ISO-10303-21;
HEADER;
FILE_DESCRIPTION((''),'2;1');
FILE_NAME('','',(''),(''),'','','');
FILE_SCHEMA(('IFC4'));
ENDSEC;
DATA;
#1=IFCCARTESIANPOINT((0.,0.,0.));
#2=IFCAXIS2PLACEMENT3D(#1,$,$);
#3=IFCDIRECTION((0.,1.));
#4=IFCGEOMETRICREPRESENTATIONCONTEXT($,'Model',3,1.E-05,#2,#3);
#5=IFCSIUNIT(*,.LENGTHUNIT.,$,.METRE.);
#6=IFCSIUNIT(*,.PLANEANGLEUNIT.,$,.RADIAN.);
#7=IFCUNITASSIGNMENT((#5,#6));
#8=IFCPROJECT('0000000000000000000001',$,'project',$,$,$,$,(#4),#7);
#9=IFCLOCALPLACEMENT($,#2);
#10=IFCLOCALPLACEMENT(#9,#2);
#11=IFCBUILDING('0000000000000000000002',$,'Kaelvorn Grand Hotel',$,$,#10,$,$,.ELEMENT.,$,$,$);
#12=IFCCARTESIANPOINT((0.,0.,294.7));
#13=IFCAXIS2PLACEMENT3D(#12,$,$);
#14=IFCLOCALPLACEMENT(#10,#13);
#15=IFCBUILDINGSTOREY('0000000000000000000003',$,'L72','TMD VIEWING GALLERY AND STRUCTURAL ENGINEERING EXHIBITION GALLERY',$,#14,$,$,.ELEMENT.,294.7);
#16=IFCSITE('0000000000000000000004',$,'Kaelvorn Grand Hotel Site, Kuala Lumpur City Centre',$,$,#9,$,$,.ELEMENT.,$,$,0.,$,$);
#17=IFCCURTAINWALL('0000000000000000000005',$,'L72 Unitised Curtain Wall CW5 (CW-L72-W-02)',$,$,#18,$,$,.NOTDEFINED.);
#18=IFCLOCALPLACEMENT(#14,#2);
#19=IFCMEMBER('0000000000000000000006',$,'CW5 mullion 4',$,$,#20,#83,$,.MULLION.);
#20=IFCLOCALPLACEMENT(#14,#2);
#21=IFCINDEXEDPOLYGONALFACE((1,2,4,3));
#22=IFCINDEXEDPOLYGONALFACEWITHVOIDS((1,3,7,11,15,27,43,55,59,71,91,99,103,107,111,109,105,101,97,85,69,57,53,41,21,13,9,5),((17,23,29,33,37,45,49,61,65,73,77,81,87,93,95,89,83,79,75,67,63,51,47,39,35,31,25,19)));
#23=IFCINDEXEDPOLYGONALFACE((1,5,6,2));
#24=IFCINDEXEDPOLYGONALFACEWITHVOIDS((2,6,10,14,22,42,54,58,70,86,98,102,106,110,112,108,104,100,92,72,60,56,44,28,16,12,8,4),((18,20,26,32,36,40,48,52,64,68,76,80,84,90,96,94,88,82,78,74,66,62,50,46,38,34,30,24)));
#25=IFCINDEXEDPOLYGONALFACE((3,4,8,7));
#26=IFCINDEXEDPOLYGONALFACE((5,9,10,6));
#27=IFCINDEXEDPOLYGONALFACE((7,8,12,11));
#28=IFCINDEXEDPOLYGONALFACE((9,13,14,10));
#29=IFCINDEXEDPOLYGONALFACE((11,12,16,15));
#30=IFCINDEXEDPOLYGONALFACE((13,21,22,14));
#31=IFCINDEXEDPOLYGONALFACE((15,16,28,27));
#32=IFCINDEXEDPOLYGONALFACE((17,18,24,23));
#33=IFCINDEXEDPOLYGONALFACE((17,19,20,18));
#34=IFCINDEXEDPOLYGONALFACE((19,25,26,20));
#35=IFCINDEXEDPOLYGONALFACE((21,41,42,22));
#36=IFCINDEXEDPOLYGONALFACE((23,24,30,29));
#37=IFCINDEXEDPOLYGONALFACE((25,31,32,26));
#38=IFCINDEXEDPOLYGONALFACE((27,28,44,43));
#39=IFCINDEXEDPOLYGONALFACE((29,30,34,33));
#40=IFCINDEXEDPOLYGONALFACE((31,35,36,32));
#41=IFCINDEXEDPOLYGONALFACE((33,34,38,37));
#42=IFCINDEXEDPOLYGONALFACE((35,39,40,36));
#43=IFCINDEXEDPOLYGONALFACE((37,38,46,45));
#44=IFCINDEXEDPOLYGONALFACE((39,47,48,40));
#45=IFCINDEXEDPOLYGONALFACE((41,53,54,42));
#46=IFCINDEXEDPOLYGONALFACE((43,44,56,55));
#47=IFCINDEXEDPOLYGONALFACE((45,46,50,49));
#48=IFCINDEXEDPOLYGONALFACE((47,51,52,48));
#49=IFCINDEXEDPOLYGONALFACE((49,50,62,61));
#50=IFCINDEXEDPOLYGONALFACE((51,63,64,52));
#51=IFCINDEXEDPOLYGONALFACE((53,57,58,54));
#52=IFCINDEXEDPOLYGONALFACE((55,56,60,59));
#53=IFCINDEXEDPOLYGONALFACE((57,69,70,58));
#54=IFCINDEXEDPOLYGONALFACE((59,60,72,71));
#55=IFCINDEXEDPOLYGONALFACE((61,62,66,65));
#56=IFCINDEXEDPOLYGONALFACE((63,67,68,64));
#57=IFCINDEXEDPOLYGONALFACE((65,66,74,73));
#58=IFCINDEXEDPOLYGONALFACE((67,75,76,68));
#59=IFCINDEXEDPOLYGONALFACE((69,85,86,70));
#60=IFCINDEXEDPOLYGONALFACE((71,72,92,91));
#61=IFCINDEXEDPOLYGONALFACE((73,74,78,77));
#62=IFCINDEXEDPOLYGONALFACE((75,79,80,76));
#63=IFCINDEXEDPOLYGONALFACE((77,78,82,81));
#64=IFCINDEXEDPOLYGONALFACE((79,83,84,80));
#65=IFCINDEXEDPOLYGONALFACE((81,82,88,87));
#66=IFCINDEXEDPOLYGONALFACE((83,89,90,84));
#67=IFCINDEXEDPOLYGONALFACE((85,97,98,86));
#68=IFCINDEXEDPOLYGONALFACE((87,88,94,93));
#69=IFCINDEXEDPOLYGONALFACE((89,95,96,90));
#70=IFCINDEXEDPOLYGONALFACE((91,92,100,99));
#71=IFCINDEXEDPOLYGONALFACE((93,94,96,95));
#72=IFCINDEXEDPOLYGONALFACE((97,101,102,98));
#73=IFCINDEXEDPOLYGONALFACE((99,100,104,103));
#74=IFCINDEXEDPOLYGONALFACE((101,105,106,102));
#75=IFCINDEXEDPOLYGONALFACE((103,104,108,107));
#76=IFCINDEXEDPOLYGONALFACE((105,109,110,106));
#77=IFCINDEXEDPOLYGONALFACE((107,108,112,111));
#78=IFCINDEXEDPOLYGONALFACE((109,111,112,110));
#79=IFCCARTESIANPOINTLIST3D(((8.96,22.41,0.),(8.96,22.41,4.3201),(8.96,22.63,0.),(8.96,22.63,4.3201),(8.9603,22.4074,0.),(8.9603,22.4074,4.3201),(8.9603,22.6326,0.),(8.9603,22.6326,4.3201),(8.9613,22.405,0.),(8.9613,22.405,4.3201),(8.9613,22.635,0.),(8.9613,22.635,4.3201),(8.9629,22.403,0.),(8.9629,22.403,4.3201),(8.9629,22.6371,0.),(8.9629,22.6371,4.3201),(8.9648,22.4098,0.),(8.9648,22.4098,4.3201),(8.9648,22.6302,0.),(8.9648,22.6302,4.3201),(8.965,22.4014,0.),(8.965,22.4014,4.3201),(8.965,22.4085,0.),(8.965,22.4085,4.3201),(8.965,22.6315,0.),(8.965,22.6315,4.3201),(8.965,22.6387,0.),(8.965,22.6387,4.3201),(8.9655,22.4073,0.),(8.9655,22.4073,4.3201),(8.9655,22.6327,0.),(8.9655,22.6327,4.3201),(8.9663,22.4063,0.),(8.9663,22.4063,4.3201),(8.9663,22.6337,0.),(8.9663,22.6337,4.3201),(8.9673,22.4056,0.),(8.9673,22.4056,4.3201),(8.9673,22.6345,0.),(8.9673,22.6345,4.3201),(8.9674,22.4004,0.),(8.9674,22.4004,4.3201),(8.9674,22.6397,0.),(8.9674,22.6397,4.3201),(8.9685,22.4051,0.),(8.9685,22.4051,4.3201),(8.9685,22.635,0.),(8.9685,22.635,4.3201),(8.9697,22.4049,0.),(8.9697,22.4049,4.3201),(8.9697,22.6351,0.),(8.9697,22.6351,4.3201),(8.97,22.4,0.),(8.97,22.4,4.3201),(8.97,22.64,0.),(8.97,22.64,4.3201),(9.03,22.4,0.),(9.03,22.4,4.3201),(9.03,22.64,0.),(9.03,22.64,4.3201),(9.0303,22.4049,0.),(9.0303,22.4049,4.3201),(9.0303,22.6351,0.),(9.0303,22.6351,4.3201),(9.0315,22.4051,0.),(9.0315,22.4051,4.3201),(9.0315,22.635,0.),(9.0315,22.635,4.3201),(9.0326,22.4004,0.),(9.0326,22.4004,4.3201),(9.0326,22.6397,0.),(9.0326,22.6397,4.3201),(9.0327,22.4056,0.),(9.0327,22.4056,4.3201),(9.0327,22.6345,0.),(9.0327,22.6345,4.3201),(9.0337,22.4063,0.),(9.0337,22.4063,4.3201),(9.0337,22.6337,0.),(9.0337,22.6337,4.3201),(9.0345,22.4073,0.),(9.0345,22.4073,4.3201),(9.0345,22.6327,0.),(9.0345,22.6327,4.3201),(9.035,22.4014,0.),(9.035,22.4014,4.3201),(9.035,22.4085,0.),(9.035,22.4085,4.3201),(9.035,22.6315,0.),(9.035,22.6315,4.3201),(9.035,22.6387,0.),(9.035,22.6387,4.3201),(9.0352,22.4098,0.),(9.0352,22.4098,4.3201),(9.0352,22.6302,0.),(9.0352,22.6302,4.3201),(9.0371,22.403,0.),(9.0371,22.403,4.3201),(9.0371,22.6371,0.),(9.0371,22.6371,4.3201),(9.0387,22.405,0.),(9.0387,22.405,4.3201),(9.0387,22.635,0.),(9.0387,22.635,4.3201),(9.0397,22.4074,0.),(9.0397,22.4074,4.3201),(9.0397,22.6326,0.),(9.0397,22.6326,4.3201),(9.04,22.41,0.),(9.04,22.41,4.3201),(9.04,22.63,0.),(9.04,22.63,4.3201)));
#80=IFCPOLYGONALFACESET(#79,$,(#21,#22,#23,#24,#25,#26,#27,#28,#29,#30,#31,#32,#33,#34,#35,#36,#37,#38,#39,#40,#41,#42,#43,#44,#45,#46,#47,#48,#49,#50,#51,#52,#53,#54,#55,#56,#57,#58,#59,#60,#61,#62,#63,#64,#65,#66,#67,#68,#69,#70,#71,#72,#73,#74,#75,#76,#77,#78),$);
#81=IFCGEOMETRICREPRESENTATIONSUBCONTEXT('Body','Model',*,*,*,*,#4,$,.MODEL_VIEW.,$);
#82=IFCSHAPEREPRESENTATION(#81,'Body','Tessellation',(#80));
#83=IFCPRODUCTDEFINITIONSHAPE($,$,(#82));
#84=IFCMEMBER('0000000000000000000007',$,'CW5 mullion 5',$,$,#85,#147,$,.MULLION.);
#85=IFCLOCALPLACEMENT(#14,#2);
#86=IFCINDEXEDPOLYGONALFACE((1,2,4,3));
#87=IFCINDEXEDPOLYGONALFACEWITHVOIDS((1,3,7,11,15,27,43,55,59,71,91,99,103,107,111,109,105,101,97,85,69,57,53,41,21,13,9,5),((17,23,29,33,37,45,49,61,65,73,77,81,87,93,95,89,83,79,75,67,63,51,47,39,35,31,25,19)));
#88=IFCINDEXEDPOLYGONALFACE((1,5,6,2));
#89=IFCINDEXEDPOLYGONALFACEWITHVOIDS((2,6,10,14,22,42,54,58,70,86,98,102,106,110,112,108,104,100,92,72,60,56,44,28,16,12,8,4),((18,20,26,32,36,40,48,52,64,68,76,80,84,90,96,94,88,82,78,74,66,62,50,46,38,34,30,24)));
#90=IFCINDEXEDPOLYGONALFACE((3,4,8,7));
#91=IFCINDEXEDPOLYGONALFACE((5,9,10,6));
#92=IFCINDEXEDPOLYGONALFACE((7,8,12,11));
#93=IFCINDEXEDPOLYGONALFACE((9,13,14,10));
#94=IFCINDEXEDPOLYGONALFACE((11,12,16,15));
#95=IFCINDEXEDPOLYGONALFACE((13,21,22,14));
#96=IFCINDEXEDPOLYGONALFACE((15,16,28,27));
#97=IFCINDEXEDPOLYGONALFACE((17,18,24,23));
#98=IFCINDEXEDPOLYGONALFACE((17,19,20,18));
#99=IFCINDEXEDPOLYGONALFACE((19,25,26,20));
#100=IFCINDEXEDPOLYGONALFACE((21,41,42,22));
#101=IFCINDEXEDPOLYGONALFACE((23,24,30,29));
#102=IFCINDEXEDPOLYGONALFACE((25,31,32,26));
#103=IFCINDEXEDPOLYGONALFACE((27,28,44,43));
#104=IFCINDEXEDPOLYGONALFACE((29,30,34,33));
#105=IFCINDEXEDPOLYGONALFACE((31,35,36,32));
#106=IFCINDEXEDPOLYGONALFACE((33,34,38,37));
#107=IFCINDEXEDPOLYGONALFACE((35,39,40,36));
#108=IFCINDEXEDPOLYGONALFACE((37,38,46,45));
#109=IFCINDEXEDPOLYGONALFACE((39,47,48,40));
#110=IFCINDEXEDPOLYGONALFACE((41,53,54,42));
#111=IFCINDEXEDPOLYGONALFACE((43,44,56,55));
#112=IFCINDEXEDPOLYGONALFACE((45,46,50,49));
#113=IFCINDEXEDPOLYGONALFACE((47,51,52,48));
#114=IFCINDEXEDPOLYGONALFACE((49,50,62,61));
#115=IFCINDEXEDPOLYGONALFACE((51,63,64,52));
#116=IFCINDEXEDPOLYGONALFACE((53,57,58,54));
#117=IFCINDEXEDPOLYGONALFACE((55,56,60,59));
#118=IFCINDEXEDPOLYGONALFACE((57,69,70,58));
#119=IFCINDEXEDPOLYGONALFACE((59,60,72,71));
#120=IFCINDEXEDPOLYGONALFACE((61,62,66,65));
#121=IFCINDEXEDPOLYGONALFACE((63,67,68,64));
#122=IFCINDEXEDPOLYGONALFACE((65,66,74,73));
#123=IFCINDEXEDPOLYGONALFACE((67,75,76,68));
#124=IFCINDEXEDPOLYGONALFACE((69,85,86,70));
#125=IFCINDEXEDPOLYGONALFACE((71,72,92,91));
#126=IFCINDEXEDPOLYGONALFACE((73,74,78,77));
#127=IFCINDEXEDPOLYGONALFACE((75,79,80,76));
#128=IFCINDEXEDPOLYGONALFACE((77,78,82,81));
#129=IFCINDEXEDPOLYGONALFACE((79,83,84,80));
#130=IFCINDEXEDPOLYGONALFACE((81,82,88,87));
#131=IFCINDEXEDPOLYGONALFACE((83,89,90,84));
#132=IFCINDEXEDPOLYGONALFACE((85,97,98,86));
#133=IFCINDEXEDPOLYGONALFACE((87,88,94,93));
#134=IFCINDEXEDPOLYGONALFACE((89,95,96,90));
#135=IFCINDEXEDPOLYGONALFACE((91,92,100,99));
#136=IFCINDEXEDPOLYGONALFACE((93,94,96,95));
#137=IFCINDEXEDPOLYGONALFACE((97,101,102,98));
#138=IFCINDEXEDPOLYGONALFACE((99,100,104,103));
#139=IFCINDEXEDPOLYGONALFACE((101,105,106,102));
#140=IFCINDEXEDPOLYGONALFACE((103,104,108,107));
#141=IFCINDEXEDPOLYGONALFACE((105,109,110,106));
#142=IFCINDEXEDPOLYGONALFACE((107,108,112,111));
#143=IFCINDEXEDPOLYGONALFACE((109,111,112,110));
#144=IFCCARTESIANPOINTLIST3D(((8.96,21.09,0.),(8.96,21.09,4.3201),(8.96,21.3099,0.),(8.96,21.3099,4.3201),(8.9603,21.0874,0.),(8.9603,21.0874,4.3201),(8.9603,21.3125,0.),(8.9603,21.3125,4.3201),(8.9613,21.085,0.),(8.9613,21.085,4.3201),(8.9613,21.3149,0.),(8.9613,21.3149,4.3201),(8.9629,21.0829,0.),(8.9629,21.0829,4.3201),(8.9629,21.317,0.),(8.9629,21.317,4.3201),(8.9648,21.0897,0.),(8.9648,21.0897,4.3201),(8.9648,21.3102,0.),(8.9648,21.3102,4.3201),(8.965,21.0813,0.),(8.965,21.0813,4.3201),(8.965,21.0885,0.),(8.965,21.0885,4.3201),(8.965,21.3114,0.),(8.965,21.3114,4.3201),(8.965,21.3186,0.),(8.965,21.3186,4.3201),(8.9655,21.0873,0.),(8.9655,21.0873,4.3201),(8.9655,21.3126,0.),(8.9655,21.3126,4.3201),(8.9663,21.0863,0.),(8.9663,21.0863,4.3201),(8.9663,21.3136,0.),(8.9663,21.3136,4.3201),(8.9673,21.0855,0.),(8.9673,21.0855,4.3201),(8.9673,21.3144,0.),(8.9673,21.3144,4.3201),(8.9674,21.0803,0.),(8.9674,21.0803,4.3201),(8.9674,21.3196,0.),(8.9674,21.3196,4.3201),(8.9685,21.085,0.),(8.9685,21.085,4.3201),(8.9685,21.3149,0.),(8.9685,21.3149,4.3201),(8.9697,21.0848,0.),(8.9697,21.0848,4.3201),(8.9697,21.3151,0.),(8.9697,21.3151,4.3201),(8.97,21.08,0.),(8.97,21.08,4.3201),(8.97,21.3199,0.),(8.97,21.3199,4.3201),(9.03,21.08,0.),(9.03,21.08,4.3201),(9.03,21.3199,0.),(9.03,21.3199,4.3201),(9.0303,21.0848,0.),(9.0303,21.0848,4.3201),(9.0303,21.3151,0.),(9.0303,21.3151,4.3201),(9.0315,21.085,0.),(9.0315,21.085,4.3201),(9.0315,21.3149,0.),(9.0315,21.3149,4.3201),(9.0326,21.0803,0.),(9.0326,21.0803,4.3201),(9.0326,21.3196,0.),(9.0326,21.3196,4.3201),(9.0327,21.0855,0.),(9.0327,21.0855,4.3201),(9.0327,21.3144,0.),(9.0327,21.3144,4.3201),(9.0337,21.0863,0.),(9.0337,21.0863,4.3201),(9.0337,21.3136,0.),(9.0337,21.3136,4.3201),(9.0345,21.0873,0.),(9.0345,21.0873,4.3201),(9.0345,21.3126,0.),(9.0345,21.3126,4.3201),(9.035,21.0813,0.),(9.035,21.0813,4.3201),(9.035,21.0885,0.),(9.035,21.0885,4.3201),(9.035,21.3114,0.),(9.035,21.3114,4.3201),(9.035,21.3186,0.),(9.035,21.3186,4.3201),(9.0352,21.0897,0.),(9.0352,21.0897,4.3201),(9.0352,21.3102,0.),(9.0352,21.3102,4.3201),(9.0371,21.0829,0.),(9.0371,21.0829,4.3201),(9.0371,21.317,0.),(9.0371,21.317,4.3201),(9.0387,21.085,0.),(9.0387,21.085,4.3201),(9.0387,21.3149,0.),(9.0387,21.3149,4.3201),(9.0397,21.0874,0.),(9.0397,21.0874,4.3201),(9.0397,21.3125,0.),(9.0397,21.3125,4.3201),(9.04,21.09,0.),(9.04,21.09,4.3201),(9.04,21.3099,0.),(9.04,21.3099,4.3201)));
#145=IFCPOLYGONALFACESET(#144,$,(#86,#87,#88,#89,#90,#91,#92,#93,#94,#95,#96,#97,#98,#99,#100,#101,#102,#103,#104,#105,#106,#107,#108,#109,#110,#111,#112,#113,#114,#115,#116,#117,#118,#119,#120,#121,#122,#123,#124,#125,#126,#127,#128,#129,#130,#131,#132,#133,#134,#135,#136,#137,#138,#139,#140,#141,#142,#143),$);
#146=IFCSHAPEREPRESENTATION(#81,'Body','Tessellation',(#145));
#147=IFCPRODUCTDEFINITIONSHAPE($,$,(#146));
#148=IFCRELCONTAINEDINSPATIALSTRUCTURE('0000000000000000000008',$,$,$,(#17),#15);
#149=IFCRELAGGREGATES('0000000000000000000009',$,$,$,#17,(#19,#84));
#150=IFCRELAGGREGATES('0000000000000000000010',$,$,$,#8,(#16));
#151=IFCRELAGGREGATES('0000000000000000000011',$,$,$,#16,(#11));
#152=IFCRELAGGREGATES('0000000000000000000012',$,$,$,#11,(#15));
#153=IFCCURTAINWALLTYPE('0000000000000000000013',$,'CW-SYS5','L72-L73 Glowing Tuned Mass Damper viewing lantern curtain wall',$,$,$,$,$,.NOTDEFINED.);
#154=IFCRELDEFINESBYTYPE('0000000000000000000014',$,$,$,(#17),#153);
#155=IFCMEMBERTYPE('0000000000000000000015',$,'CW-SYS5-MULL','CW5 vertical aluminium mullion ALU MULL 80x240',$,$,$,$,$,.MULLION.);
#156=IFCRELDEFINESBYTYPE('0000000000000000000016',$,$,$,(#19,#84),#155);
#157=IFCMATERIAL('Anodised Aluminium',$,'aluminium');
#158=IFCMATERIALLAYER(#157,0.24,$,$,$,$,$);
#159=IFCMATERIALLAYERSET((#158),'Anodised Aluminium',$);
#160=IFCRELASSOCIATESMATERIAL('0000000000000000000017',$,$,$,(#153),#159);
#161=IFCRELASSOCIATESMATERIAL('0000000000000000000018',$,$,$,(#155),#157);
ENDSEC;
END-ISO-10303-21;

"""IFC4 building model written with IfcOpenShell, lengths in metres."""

from ifc_helpers import new_model, si_unit, direction, frame, origin, origin_2d, place, context, subcontext, project, spatial, hollow_rectangle, extrude, material, layer, layer_set, material_profile, profile_set, type_object, element, aggregate, save


model = new_model("IFC4")

# Units and contexts
model_context = context("Model", 3, precision=1e-05, world=origin(), true_north=direction((0.0, 1.0)))
body_context = subcontext(model_context, "Body", "Model", "MODEL_VIEW")
ifc_project = project(units=[si_unit("LENGTHUNIT", "METRE"), si_unit("PLANEANGLEUNIT", "RADIAN")], contexts=[model_context])

# Site, building, storey
site_placement = place(None, origin())
site = spatial("IfcSite", under=ifc_project, at=site_placement, Name="Kaelvorn Grand Hotel Site, Kuala Lumpur City Centre", CompositionType="ELEMENT", RefElevation=0.0)
building_placement = place(site_placement, origin())
building = spatial("IfcBuilding", under=site, at=building_placement, Name="Kaelvorn Grand Hotel", CompositionType="ELEMENT")
storey_placement = place(building_placement, frame((0.0, 0.0, 294.7)))
storey = spatial("IfcBuildingStorey", under=building, at=storey_placement, Name="L72", Description="TMD VIEWING GALLERY AND STRUCTURAL ENGINEERING EXHIBITION GALLERY", CompositionType="ELEMENT", Elevation=294.7)

# Curtain wall, members
ifc_material_1 = material(Name="Anodised Aluminium", Category="aluminium")
ifc_layer_1 = layer(ifc_material_1, 0.24)
ifc_layer_set_1 = layer_set([ifc_layer_1], Name="Anodised Aluminium")
curtain_wall_type = type_object("IfcCurtainWallType", Name="CW-SYS5", Description="L72-L73 Glowing Tuned Mass Damper viewing lantern curtain wall", PredefinedType="NOTDEFINED", material=ifc_layer_set_1)
curtain_wall_placement = place(storey_placement, origin())
curtain_wall = element("IfcCurtainWall", 1, at=curtain_wall_placement, inside=storey, type_object=curtain_wall_type, Name="L72 Unitised Curtain Wall CW5 (CW-L72-W-02)", PredefinedType="NOTDEFINED")
ifc_material_profile_1 = material_profile(ifc_material_1, hollow_rectangle(XDim=0.0801, YDim=0.24, WallThickness=0.0049, InnerFilletRadius=0.0049, OuterFilletRadius=0.01, at=origin_2d()), Name="ALU MULL 80x240")
ifc_profile_set_1 = profile_set([ifc_material_profile_1], Name="Anodised Aluminium")
member_type_1 = type_object("IfcMemberType", Name="CW-SYS5-MULL", Description="CW5 vertical aluminium mullion ALU MULL 80x240", PredefinedType="MULLION", material=ifc_profile_set_1)
member_1_placement = place(storey_placement, frame((9.0, 22.52, 0.0), z_axis=(0.0, 0.0, 1.0), x_axis=(1.0, 0.0, 0.0)))
member_1 = element("IfcMember", 2, at=member_1_placement, type_object=member_type_1, Name="CW5 mullion 4", PredefinedType="MULLION", context=body_context, shape_type="SweptSolid", body=[
    extrude(hollow_rectangle(XDim=0.0801, YDim=0.24, WallThickness=0.0049, InnerFilletRadius=0.0049, OuterFilletRadius=0.01, at=origin_2d()), origin(), (0.0, 0.0, 1.0), 4.3201),
])
member_2_placement = place(storey_placement, frame((9.0, 21.2, 0.0), z_axis=(0.0, 0.0, 1.0), x_axis=(1.0, 0.0, 0.0)))
member_2 = element("IfcMember", 3, at=member_2_placement, type_object=member_type_1, Name="CW5 mullion 5", PredefinedType="MULLION", context=body_context, shape_type="SweptSolid", body=[
    extrude(hollow_rectangle(XDim=0.0801, YDim=0.24, WallThickness=0.0049, InnerFilletRadius=0.0049, OuterFilletRadius=0.01, at=origin_2d()), origin(), (0.0, 0.0, 1.0), 4.3201),
])
aggregate(curtain_wall, [member_1, member_2])

save(model, "model.ifc")
